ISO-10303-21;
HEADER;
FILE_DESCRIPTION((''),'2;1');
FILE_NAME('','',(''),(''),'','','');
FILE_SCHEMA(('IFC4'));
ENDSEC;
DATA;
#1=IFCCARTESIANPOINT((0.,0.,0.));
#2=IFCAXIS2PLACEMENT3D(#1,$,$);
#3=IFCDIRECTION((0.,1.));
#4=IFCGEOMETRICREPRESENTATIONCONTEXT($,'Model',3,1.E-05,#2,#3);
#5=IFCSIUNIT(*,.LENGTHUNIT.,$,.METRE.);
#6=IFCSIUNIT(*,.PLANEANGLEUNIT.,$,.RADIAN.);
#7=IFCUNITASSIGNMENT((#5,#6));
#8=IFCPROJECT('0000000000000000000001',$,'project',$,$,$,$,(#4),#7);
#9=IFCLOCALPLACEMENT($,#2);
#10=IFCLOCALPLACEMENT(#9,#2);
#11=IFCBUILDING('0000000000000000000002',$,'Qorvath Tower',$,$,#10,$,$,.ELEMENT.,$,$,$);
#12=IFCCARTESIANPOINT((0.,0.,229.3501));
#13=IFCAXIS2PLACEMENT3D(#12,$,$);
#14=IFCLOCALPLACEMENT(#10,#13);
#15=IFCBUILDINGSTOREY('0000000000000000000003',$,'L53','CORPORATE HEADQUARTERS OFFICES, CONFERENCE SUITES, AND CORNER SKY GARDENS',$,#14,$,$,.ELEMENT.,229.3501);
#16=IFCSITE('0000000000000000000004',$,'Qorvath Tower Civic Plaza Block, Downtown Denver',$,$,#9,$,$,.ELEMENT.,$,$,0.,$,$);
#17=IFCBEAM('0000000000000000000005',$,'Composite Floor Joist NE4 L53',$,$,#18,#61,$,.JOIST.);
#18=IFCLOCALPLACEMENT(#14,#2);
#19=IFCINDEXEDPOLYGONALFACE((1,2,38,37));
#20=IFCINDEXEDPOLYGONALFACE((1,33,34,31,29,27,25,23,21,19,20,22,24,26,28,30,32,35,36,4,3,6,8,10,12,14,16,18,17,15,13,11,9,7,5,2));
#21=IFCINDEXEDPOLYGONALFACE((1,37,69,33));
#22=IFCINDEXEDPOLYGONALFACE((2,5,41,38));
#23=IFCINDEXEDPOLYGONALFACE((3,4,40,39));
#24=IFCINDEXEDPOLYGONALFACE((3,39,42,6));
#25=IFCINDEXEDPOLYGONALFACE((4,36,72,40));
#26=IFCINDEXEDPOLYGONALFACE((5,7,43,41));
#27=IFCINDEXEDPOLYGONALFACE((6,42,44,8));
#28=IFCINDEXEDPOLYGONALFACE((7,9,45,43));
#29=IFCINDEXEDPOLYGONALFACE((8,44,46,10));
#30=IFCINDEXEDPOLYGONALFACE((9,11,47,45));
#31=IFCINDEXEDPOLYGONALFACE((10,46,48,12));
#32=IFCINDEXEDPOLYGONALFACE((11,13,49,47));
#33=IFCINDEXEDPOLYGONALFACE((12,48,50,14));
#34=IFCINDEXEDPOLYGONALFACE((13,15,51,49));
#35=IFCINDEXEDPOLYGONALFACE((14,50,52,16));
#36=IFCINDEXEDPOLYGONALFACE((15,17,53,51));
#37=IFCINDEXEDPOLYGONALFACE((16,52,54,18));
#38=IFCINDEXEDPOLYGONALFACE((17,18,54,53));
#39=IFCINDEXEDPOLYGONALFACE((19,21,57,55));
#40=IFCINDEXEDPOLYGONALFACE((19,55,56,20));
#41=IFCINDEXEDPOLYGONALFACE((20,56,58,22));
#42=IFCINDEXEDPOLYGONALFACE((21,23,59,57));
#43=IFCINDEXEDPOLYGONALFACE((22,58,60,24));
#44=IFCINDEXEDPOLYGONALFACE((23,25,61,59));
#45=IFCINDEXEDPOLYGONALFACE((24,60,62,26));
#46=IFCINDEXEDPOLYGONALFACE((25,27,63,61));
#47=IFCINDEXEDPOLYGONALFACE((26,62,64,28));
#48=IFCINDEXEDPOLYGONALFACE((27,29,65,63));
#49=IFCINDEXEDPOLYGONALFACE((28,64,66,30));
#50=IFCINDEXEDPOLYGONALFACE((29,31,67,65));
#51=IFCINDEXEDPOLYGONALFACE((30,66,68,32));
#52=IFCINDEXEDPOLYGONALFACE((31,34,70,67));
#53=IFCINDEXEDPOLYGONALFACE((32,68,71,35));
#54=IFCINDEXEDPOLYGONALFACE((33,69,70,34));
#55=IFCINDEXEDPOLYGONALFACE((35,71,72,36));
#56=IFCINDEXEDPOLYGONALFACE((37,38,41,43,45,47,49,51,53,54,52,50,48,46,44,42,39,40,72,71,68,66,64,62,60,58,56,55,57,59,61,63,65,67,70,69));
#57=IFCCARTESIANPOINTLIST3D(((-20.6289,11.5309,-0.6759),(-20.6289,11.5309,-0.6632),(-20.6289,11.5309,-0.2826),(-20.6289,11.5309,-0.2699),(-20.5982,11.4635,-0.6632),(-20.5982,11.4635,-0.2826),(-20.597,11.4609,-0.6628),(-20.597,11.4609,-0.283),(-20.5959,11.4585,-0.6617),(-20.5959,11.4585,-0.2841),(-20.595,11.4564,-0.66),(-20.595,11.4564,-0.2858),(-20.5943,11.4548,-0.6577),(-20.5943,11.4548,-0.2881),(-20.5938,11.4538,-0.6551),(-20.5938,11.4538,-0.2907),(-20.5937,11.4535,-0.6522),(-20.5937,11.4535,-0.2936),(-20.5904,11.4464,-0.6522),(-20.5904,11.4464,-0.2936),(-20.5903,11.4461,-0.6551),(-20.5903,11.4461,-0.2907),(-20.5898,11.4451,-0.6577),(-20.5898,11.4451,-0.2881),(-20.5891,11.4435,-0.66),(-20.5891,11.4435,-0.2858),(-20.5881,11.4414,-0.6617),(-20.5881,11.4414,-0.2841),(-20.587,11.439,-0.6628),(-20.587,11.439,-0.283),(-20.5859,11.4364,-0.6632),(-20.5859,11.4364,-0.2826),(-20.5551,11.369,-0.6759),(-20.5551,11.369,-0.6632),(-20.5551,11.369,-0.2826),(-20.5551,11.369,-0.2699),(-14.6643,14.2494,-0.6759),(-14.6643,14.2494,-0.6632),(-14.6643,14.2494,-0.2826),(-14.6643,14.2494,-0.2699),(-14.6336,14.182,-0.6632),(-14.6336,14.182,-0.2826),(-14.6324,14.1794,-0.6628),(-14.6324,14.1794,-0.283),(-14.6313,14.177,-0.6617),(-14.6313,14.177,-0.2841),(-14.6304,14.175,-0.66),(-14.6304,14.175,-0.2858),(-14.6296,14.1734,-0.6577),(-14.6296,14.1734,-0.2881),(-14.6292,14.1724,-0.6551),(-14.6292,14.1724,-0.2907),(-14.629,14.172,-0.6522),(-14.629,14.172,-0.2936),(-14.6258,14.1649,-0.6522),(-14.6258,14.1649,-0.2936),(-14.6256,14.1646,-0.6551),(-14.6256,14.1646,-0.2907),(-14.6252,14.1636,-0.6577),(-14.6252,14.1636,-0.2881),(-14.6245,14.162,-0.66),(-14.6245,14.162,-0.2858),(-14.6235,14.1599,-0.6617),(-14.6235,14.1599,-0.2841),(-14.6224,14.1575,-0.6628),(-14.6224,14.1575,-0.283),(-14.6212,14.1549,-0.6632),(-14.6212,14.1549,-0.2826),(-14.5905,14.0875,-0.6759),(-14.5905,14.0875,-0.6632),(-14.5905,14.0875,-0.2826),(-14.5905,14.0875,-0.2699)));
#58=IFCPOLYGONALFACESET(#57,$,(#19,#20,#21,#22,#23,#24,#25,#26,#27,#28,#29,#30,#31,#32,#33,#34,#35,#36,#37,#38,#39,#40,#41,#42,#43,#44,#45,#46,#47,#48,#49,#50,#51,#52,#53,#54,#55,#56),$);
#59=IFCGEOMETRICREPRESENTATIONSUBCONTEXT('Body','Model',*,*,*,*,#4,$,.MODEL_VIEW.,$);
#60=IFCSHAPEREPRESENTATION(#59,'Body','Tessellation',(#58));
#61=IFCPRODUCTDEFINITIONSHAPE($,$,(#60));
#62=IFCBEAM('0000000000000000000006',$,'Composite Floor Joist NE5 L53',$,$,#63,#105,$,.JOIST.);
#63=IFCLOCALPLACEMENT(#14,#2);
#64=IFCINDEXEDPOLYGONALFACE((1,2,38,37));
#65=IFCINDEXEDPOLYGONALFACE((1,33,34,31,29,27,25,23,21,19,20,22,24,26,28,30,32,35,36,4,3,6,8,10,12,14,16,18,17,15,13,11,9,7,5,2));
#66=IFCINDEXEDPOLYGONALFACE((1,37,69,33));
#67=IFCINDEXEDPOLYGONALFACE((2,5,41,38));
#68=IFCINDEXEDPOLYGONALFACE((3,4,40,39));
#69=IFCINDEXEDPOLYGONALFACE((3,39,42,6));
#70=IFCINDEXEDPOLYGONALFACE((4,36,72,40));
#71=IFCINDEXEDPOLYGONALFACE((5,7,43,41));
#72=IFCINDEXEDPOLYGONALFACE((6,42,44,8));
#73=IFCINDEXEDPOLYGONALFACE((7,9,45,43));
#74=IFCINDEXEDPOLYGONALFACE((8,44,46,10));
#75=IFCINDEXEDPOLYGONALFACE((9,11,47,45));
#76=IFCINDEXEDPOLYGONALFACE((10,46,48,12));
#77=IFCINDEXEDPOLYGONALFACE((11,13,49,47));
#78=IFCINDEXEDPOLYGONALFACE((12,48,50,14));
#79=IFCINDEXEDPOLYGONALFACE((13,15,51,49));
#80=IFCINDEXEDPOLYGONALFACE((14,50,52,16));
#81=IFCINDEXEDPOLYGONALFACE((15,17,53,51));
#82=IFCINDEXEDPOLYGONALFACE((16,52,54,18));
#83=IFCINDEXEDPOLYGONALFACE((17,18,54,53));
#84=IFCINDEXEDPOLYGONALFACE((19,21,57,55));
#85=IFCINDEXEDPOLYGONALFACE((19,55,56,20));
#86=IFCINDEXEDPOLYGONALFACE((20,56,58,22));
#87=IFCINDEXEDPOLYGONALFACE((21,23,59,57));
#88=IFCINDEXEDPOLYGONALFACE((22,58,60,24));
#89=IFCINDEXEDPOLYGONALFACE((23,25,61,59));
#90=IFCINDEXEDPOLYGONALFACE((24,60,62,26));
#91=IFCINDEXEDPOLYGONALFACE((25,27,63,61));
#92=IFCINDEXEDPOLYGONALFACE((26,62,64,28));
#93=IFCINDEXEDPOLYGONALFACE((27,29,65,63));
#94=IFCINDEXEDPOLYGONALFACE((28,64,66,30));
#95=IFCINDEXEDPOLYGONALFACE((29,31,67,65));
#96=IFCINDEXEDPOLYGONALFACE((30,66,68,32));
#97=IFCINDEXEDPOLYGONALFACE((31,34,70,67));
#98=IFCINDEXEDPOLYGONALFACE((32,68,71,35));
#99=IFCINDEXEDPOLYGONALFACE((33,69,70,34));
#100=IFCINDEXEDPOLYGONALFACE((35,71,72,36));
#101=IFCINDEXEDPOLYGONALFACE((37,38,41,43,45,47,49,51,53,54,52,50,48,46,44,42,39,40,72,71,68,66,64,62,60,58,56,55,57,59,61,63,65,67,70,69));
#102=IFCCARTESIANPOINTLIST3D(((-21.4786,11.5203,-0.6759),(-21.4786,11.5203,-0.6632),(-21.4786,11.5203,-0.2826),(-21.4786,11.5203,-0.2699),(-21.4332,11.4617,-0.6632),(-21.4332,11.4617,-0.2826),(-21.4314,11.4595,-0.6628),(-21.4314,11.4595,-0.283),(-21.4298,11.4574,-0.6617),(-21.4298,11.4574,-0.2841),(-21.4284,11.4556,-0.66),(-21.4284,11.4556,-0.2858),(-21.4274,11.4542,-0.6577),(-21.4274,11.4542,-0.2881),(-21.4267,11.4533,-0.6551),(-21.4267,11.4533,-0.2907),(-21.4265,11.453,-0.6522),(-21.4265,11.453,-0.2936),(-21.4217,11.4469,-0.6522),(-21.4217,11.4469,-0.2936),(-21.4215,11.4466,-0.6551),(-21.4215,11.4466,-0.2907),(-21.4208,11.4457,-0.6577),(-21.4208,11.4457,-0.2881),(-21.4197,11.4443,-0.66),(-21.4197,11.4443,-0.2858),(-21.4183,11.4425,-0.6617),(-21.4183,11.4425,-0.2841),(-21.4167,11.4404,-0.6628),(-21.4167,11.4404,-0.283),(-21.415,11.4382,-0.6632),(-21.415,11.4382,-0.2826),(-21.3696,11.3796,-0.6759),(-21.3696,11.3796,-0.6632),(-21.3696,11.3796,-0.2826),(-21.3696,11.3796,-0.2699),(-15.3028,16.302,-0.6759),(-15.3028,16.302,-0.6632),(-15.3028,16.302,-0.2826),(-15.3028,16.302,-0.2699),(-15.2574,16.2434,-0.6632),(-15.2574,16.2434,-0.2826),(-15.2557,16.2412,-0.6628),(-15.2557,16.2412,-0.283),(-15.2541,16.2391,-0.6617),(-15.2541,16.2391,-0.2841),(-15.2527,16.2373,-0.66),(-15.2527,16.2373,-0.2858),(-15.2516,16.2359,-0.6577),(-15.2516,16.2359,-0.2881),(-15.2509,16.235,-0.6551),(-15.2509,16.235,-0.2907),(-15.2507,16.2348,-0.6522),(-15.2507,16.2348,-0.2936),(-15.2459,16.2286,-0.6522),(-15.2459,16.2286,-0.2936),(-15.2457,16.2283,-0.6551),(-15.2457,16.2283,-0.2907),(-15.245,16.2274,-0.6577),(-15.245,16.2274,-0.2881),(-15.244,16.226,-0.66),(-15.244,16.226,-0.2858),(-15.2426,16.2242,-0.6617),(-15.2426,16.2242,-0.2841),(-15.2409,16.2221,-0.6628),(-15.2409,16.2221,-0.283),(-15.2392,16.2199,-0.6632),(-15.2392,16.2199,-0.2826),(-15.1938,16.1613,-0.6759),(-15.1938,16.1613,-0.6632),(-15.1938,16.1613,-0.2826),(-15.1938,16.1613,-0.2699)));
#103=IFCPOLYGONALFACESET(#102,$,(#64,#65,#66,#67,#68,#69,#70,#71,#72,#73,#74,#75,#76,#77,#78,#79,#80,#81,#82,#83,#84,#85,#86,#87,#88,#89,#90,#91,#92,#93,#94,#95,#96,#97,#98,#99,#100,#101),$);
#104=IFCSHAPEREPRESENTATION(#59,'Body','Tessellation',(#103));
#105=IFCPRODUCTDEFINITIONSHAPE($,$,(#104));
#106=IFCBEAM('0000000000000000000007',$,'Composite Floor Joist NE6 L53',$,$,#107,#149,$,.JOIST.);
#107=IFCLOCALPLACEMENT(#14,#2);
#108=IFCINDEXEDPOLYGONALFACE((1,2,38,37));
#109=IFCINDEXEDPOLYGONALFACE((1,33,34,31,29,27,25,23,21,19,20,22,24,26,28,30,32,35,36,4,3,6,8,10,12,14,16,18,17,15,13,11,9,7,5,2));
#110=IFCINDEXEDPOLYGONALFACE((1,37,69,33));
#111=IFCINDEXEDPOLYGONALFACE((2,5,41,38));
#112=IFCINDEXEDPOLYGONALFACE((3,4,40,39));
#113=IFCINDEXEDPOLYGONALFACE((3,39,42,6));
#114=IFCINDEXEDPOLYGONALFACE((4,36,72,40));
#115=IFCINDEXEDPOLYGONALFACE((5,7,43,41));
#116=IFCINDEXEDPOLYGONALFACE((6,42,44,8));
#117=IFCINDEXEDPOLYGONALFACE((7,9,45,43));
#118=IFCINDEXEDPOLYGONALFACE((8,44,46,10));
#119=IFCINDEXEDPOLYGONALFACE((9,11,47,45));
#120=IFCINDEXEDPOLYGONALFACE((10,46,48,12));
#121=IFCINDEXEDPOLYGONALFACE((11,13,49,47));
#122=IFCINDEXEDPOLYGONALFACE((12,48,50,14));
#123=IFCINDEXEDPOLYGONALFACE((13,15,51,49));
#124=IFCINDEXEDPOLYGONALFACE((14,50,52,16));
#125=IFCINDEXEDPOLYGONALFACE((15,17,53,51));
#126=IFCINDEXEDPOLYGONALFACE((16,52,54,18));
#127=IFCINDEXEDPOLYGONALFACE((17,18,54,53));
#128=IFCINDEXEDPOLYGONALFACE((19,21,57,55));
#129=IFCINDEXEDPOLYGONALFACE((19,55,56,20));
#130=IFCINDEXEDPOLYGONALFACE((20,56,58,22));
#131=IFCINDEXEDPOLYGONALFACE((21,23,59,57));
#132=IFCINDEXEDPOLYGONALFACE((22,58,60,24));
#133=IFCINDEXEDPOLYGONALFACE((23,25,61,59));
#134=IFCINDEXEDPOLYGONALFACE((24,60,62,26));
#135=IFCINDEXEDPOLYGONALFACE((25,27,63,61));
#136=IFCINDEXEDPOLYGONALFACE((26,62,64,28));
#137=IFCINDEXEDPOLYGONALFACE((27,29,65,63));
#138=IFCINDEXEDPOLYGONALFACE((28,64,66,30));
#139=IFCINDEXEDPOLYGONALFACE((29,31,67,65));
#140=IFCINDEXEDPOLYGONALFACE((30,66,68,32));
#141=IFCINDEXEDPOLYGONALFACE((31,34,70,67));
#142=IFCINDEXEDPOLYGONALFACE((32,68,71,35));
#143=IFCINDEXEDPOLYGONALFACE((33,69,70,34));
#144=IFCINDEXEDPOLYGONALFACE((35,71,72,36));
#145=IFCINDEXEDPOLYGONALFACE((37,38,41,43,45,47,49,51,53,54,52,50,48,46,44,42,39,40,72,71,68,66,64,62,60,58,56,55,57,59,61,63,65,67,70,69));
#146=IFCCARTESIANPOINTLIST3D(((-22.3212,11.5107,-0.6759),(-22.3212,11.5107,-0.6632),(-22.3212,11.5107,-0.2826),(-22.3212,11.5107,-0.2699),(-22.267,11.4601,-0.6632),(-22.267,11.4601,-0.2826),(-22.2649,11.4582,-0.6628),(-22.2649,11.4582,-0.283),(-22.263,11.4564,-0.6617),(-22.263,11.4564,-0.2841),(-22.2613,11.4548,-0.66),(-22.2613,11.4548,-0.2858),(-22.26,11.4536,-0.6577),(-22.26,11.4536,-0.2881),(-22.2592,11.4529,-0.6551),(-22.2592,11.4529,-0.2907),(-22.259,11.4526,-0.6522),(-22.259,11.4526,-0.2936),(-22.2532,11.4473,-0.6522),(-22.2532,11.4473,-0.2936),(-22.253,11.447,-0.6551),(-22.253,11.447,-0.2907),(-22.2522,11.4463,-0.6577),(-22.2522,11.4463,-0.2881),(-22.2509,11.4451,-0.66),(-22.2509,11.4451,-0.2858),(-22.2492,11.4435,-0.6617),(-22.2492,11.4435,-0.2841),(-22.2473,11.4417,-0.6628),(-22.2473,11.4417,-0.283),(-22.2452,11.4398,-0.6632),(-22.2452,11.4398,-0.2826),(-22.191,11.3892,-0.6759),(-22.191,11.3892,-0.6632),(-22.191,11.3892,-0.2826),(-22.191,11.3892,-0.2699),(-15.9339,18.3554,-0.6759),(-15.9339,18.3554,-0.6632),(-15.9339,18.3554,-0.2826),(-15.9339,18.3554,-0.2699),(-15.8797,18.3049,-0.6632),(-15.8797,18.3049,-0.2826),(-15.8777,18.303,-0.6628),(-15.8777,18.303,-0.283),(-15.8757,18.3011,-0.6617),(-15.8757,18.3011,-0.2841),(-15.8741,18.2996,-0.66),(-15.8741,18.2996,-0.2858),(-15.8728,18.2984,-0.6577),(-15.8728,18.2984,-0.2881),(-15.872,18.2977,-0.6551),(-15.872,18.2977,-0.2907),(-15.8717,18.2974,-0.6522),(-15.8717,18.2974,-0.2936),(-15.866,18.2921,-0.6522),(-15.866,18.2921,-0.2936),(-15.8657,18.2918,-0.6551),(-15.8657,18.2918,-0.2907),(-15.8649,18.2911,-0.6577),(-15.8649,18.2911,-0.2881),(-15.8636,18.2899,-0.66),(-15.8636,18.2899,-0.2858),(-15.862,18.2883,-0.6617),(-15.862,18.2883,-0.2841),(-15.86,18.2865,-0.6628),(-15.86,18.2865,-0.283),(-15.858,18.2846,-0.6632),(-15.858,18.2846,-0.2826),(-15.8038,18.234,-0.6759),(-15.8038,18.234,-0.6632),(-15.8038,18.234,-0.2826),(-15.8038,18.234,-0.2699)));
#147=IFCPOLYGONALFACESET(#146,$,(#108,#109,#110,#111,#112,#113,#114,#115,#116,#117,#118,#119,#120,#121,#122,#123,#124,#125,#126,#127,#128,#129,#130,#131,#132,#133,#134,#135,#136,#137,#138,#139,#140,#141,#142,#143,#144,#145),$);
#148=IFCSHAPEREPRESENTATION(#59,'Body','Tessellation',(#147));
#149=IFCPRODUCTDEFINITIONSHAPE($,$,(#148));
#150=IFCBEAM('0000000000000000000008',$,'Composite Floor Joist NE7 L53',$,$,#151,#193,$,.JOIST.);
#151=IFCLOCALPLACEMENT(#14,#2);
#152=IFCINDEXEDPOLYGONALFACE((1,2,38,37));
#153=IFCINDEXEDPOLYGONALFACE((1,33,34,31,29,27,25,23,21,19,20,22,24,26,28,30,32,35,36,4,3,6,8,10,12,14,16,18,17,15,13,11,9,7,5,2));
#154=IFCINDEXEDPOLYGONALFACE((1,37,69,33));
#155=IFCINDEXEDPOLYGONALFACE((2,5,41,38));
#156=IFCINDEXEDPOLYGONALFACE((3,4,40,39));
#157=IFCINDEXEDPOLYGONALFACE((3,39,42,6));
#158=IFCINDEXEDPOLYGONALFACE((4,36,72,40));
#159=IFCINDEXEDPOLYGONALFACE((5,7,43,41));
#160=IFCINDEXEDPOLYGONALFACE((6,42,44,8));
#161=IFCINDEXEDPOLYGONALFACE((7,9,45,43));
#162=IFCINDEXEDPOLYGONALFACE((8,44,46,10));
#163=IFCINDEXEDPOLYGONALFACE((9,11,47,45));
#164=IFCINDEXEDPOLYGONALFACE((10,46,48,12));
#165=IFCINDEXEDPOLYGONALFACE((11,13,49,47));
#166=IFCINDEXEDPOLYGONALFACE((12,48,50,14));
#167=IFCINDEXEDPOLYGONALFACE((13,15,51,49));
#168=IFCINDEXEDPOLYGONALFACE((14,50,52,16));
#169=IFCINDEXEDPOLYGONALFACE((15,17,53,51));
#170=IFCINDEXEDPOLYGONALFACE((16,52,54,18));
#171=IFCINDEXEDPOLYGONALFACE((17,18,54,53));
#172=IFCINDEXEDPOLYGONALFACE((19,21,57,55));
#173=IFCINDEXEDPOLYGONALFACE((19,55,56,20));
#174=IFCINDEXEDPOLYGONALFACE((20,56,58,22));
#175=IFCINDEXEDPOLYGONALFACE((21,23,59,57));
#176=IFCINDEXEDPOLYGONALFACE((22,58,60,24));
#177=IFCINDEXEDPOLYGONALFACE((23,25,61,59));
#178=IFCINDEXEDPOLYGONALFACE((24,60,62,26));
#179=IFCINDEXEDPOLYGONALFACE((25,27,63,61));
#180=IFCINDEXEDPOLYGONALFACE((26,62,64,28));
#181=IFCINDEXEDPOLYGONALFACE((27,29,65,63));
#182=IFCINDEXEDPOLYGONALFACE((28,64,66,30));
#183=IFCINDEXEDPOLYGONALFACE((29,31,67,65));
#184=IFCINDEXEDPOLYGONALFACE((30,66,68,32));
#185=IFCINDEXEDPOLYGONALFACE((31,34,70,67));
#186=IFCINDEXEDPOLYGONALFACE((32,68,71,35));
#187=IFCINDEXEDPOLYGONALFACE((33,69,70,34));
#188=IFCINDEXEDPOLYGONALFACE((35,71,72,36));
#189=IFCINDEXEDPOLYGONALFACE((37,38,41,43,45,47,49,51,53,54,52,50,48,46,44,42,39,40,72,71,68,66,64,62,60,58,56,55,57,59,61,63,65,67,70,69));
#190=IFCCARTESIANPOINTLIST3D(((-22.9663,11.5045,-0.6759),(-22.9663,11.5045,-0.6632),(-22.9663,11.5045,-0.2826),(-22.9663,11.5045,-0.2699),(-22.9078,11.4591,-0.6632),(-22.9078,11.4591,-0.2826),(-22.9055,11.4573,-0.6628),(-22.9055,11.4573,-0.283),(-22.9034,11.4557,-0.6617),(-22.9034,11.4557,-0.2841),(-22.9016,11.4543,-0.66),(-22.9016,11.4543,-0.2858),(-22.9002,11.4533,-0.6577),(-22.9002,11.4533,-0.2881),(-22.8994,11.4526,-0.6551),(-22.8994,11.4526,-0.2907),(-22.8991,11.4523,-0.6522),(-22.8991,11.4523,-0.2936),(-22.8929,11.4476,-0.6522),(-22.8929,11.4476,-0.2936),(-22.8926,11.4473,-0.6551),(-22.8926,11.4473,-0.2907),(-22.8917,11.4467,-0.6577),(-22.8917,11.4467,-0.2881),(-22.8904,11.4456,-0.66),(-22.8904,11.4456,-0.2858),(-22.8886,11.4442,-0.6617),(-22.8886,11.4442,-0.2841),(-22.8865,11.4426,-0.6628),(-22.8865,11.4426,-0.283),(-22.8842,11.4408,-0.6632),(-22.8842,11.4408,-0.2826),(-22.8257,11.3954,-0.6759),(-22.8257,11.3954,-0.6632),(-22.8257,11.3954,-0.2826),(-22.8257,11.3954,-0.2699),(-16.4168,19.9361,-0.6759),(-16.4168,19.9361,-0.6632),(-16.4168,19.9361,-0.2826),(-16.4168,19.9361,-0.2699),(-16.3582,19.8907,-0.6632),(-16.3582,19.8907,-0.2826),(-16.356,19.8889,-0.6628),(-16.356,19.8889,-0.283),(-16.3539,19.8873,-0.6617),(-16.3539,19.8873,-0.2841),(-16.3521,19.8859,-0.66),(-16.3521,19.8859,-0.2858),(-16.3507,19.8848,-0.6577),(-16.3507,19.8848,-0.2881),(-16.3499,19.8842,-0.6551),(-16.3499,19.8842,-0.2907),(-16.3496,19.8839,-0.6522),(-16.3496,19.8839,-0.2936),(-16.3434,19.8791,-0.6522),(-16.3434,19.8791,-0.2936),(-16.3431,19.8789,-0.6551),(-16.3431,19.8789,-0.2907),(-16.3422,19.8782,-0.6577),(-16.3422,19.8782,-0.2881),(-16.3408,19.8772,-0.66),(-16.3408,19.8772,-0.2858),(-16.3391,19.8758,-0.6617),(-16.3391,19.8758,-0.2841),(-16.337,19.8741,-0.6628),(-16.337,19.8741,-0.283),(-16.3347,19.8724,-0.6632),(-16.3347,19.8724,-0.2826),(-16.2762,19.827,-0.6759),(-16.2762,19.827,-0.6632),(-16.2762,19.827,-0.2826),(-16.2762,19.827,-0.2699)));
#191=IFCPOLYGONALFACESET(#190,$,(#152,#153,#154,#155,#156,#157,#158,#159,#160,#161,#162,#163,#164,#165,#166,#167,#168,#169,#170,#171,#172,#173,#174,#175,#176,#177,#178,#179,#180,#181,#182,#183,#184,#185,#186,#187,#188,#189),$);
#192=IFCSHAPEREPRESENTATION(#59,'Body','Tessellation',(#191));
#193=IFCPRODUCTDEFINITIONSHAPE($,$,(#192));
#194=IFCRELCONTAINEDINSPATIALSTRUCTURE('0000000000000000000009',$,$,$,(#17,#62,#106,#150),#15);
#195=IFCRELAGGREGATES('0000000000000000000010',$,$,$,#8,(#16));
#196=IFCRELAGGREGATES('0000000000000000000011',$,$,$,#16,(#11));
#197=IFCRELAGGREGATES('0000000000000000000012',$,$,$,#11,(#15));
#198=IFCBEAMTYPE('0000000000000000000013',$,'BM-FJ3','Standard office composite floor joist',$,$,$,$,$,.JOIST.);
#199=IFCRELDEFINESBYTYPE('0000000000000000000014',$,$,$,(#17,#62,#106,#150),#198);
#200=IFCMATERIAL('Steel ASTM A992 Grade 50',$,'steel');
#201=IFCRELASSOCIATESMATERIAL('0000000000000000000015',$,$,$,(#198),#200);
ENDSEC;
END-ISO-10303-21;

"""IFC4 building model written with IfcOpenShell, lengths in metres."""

from ifc_helpers import new_model, si_unit, direction, frame, origin, origin_2d, place, context, subcontext, project, spatial, i_section, extrude, material, material_profile, profile_set, type_object, element, save


model = new_model("IFC4")

# Units and contexts
model_context = context("Model", 3, precision=1e-05, world=origin(), true_north=direction((0.0, 1.0)))
body_context = subcontext(model_context, "Body", "Model", "MODEL_VIEW")
ifc_project = project(units=[si_unit("LENGTHUNIT", "METRE"), si_unit("PLANEANGLEUNIT", "RADIAN")], contexts=[model_context])

# Site, building, storey
site_placement = place(None, origin())
site = spatial("IfcSite", under=ifc_project, at=site_placement, Name="Qorvath Tower Civic Plaza Block, Downtown Denver", CompositionType="ELEMENT", RefElevation=0.0)
building_placement = place(site_placement, origin())
building = spatial("IfcBuilding", under=site, at=building_placement, Name="Qorvath Tower", CompositionType="ELEMENT")
storey_placement = place(building_placement, frame((0.0, 0.0, 229.3501)))
storey = spatial("IfcBuildingStorey", under=building, at=storey_placement, Name="L53", Description="CORPORATE HEADQUARTERS OFFICES, CONFERENCE SUITES, AND CORNER SKY GARDENS", CompositionType="ELEMENT", Elevation=229.3501)

# Beams
ifc_material_1 = material(Name="Steel ASTM A992 Grade 50", Category="steel")
ifc_material_profile_1 = material_profile(ifc_material_1, i_section(OverallWidth=0.178, OverallDepth=0.406, WebThickness=0.0078, FlangeThickness=0.0127, FilletRadius=0.011, at=origin_2d()), Name="W16x40")
ifc_profile_set_1 = profile_set([ifc_material_profile_1], Name="Steel ASTM A992 Grade 50")
beam_type_1 = type_object("IfcBeamType", Name="BM-FJ3", Description="Standard office composite floor joist", PredefinedType="JOIST", material=ifc_profile_set_1)
beam_1_placement = place(storey_placement, frame((-20.592, 11.45, -0.4729), z_axis=(0.909945, 0.414729, 0.0), x_axis=(-0.414729, 0.909945, 0.0)))
element("IfcBeam", 1, at=beam_1_placement, inside=storey, type_object=beam_type_1, Name="Composite Floor Joist NE4 L53", PredefinedType="JOIST", context=body_context, shape_type="SweptSolid", body=[
    extrude(i_section(OverallWidth=0.178, OverallDepth=0.406, WebThickness=0.0078, FlangeThickness=0.0127, FilletRadius=0.011, at=origin_2d()), origin(), (0.0, 0.0, 1.0), 6.5549),
])
beam_2_placement = place(storey_placement, frame((-21.4241, 11.45, -0.4729), z_axis=(0.790693, 0.612212, 0.0), x_axis=(-0.612212, 0.790693, 0.0)))
element("IfcBeam", 2, at=beam_2_placement, inside=storey, type_object=beam_type_1, Name="Composite Floor Joist NE5 L53", PredefinedType="JOIST", context=body_context, shape_type="SweptSolid", body=[
    extrude(i_section(OverallWidth=0.178, OverallDepth=0.406, WebThickness=0.0078, FlangeThickness=0.0127, FilletRadius=0.011, at=origin_2d()), origin(), (0.0, 0.0, 1.0), 7.8105),
])
beam_3_placement = place(storey_placement, frame((-22.2561, 11.45, -0.4729), z_axis=(0.682249, 0.731119, 0.0), x_axis=(-0.731119, 0.682249, 0.0)))
element("IfcBeam", 3, at=beam_3_placement, inside=storey, type_object=beam_type_1, Name="Composite Floor Joist NE6 L53", PredefinedType="JOIST", context=body_context, shape_type="SweptSolid", body=[
    extrude(i_section(OverallWidth=0.178, OverallDepth=0.406, WebThickness=0.0078, FlangeThickness=0.0127, FilletRadius=0.011, at=origin_2d()), origin(), (0.0, 0.0, 1.0), 9.3621),
])
beam_4_placement = place(storey_placement, frame((-22.896, 11.45, -0.4729), z_axis=(0.613451, 0.789733, 0.0), x_axis=(-0.789733, 0.613451, 0.0)))
element("IfcBeam", 4, at=beam_4_placement, inside=storey, type_object=beam_type_1, Name="Composite Floor Joist NE7 L53", PredefinedType="JOIST", context=body_context, shape_type="SweptSolid", body=[
    extrude(i_section(OverallWidth=0.178, OverallDepth=0.406, WebThickness=0.0078, FlangeThickness=0.0127, FilletRadius=0.011, at=origin_2d()), origin(), (0.0, 0.0, 1.0), 10.6765),
])

save(model, "model.ifc")
